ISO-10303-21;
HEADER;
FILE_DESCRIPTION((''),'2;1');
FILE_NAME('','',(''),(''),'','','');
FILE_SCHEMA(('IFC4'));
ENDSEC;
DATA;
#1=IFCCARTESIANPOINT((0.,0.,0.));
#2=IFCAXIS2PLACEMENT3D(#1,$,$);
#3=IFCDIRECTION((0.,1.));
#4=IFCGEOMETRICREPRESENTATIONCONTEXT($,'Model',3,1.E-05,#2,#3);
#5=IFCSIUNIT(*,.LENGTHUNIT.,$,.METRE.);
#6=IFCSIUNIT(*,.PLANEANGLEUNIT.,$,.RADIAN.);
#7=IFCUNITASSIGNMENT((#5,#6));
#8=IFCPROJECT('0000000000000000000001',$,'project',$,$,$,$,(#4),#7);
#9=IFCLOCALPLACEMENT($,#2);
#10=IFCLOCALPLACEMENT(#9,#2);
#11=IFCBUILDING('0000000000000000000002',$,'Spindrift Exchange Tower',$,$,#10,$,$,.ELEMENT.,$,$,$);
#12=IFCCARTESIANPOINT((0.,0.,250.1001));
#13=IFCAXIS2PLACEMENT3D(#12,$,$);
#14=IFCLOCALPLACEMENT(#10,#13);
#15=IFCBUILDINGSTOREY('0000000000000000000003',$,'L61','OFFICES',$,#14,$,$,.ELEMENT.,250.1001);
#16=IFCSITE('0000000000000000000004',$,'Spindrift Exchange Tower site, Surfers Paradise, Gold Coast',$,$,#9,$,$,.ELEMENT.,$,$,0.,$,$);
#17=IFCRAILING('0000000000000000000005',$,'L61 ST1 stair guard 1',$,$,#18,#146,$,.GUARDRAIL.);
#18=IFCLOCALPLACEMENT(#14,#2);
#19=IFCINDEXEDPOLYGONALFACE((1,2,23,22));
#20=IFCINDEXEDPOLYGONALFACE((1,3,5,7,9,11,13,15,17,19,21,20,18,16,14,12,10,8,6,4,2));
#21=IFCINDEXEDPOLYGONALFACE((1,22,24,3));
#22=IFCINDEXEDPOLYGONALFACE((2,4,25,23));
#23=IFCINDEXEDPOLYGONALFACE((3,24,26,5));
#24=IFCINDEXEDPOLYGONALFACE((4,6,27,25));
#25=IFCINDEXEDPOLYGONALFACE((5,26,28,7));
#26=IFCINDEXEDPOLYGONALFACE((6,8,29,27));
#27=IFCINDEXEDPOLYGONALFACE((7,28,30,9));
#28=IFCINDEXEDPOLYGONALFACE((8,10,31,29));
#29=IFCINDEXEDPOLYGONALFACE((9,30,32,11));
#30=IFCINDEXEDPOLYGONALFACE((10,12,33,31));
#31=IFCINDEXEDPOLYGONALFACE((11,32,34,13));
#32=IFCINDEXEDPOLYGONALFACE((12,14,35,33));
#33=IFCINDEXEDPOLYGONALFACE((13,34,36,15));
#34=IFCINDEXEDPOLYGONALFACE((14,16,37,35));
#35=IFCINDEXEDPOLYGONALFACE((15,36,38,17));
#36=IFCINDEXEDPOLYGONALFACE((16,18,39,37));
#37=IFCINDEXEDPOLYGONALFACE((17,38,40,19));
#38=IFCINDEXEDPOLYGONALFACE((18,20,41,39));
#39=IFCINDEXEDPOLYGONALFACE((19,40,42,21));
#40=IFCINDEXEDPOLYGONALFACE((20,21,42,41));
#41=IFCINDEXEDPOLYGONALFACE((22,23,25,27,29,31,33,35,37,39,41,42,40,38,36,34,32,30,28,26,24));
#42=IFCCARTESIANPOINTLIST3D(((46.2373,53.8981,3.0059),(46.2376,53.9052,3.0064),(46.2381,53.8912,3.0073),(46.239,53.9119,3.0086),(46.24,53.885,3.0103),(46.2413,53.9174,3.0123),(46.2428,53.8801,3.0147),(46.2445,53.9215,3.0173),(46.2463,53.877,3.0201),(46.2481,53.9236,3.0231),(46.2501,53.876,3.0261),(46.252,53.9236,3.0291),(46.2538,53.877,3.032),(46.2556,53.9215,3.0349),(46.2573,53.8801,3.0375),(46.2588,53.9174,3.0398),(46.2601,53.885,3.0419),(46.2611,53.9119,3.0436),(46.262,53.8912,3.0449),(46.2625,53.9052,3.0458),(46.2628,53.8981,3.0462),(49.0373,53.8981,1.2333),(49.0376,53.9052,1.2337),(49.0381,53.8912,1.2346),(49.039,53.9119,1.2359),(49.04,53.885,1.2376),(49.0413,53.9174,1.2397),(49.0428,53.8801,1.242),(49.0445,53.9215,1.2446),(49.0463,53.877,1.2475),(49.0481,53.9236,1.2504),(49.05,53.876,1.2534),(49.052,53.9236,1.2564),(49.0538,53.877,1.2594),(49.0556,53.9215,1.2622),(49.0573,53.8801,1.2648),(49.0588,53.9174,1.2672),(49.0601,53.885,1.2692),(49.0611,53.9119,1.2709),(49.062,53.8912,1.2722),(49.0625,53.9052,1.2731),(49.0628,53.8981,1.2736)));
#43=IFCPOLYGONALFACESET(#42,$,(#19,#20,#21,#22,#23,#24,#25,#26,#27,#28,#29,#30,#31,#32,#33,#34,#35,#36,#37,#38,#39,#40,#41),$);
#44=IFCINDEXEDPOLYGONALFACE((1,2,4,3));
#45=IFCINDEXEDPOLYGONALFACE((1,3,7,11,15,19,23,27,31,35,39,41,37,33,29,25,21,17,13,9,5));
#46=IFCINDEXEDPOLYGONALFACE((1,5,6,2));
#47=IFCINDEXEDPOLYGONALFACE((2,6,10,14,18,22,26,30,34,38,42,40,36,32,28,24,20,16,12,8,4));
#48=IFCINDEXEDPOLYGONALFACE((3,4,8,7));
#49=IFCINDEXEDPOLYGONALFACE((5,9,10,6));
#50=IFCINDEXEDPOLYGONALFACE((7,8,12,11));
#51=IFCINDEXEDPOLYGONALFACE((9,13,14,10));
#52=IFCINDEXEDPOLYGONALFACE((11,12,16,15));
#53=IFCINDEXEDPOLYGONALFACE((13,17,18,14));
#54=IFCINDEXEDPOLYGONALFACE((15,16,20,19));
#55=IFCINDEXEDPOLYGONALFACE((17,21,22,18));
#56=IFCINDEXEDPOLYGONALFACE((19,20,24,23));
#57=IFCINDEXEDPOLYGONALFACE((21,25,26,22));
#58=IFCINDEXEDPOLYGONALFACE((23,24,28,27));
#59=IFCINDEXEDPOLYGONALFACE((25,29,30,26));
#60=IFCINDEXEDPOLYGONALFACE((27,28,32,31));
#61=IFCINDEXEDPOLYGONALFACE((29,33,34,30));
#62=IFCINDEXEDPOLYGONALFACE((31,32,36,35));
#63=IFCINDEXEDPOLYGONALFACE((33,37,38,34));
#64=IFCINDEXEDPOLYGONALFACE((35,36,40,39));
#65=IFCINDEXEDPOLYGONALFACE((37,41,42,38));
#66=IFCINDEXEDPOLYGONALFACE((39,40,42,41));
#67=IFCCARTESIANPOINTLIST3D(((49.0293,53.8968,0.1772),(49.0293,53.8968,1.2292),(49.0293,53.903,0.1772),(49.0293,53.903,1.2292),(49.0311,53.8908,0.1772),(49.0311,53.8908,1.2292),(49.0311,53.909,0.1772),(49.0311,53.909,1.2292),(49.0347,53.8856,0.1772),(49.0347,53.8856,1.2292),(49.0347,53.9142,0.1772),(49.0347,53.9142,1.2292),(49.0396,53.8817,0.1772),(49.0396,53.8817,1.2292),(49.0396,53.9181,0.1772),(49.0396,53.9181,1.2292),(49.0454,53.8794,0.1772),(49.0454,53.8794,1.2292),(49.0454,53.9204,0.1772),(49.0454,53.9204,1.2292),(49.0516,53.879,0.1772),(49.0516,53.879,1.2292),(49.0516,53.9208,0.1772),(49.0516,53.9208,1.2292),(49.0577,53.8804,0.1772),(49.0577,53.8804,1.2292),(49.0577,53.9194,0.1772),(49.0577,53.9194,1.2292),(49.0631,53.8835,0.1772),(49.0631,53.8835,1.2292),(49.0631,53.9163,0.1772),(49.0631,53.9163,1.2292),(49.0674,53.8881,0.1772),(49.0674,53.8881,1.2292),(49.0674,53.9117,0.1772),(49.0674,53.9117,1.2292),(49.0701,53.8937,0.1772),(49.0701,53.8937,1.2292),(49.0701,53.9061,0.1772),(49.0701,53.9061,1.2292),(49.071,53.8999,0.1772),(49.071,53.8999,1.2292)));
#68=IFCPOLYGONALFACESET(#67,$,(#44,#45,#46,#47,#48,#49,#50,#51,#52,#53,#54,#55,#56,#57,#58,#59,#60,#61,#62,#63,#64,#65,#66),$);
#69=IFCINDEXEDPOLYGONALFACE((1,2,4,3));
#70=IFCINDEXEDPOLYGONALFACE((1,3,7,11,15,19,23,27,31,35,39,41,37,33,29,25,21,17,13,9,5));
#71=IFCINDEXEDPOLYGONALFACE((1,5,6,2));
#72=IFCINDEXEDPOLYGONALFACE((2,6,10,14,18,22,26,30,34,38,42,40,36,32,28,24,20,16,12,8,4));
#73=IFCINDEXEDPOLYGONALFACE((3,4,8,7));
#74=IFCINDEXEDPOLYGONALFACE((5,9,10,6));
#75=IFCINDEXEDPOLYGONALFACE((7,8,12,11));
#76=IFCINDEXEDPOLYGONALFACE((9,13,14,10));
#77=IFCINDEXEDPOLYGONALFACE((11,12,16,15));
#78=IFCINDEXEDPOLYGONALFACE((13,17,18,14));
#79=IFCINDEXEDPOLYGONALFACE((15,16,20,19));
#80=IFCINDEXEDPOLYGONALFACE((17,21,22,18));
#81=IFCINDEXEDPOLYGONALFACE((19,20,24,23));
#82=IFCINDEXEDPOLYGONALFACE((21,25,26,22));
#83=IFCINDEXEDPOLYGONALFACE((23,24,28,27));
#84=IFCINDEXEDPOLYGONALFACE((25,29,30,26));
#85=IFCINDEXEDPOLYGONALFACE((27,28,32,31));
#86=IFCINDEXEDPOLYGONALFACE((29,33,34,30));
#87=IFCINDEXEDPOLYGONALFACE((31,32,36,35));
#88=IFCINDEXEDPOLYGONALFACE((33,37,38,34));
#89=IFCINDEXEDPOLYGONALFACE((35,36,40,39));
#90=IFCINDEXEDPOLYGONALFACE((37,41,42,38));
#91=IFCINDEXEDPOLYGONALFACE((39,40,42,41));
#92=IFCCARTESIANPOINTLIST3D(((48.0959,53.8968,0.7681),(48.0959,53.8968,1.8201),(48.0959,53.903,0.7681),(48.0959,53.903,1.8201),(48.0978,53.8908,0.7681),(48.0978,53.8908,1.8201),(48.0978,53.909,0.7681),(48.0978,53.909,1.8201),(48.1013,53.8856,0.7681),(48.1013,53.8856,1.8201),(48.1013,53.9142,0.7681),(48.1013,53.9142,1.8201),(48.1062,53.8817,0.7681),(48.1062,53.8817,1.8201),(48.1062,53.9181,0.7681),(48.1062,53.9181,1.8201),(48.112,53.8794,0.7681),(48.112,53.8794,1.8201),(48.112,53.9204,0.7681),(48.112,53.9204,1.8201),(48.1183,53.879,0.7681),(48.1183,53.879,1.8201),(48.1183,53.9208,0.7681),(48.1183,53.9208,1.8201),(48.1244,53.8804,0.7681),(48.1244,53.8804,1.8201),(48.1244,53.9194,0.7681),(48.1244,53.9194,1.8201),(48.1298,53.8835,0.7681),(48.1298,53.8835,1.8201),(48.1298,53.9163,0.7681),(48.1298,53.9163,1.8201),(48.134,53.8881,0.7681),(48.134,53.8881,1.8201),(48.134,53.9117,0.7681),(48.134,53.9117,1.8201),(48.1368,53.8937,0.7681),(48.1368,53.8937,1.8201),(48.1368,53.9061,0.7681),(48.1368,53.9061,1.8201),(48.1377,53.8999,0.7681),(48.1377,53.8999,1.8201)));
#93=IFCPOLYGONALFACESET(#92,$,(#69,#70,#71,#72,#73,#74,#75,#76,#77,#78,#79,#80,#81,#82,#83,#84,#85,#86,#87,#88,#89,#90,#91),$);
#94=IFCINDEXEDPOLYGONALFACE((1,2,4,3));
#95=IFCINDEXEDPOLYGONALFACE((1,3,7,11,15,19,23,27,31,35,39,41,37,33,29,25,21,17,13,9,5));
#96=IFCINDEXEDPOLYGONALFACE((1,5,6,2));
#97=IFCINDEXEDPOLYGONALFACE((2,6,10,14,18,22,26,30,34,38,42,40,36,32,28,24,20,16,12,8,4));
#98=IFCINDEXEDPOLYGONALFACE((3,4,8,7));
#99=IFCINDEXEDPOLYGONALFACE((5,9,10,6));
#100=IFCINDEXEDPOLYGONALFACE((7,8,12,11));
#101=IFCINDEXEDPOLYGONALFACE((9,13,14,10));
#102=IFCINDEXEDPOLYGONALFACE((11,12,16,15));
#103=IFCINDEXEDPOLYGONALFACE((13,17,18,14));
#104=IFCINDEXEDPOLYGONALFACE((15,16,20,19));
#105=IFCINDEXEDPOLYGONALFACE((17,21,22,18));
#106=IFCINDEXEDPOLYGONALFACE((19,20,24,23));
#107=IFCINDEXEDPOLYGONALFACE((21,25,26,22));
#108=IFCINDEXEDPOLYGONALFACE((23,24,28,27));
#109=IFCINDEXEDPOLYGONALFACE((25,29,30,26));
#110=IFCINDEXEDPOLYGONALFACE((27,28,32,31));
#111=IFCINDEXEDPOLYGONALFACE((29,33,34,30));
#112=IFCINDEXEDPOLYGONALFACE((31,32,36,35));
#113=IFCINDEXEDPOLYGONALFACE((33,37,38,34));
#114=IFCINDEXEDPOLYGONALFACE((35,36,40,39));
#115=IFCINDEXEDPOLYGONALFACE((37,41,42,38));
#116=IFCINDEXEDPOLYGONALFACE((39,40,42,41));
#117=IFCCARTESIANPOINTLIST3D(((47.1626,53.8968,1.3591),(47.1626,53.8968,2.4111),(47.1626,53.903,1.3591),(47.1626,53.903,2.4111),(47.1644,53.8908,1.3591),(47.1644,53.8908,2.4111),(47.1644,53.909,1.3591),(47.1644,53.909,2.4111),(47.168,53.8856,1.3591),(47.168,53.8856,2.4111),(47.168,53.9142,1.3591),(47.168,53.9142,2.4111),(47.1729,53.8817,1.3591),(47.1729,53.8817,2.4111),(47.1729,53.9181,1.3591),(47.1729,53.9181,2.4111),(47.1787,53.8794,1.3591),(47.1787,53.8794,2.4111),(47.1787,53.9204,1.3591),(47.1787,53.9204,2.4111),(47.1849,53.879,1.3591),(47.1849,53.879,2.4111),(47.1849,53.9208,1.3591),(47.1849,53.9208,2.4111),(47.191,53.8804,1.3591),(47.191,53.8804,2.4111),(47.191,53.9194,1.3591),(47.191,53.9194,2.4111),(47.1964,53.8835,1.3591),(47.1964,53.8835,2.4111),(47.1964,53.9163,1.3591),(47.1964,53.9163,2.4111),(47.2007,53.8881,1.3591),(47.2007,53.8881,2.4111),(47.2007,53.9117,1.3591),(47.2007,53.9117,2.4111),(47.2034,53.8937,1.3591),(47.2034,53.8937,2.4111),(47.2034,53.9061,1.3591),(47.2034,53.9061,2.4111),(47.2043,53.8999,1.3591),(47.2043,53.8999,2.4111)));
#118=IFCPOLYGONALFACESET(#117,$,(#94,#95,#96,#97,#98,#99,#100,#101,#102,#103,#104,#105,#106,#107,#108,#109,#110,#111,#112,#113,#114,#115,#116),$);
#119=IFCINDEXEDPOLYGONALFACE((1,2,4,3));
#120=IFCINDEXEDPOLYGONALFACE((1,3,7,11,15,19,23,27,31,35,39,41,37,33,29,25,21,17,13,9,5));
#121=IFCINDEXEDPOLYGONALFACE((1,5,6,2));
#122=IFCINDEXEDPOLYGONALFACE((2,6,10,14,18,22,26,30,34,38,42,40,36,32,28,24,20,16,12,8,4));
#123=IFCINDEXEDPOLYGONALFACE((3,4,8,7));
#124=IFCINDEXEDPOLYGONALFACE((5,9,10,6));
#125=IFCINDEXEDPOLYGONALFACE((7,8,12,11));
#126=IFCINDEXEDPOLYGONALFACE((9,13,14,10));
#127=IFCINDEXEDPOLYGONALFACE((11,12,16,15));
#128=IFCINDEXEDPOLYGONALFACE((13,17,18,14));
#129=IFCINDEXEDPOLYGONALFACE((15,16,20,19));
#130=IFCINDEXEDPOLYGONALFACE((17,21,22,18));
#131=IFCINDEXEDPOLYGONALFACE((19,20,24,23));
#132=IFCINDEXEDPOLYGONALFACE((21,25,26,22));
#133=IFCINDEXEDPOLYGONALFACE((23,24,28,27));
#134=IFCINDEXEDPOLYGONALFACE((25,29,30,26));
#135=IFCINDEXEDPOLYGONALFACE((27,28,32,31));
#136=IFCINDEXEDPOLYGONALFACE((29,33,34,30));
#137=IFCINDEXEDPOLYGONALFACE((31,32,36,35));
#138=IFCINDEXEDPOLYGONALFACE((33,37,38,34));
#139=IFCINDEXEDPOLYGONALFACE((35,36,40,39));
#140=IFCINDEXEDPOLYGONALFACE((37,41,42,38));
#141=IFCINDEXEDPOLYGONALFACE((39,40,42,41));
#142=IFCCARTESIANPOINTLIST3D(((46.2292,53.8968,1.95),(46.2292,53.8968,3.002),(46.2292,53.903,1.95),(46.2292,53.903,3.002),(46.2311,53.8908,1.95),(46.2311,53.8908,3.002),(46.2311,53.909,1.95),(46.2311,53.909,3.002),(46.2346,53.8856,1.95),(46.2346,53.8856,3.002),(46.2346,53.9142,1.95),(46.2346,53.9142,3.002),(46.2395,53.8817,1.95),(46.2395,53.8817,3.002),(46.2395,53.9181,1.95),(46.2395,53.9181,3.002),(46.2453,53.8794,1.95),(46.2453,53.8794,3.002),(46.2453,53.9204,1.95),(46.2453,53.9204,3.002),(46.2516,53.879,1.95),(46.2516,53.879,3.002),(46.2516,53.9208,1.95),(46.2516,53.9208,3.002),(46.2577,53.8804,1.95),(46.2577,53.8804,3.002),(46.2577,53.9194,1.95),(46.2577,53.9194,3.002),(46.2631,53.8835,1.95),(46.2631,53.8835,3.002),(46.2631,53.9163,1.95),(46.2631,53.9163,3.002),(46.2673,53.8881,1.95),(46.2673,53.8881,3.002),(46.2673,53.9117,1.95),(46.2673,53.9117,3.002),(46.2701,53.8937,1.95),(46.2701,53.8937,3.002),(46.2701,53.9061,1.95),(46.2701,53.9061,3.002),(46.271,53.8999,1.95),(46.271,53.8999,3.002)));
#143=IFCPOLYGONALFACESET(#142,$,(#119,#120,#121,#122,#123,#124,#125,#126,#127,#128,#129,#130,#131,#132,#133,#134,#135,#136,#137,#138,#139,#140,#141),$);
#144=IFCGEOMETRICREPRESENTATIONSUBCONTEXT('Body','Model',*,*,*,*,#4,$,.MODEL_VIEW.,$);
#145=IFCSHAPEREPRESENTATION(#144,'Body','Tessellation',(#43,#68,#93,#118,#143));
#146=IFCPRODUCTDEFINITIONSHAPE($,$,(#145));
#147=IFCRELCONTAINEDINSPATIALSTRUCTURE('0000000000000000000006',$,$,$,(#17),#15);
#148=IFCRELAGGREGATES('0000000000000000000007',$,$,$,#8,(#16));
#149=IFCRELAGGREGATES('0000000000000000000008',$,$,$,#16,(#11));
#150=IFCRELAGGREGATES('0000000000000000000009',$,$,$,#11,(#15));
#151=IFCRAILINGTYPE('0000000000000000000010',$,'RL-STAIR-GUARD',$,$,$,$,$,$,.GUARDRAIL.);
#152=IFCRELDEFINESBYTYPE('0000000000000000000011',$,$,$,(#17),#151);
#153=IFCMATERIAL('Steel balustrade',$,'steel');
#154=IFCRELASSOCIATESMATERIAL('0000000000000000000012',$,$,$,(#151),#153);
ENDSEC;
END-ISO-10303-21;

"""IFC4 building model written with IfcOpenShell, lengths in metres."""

from ifc_helpers import new_model, si_unit, direction, frame, origin, origin_2d, place, context, subcontext, project, spatial, circle, extrude, material, type_object, element, save


model = new_model("IFC4")

# Units and contexts
model_context = context("Model", 3, precision=1e-05, world=origin(), true_north=direction((0.0, 1.0)))
body_context = subcontext(model_context, "Body", "Model", "MODEL_VIEW")
ifc_project = project(units=[si_unit("LENGTHUNIT", "METRE"), si_unit("PLANEANGLEUNIT", "RADIAN")], contexts=[model_context])

# Site, building, storey
site_placement = place(None, origin())
site = spatial("IfcSite", under=ifc_project, at=site_placement, Name="Spindrift Exchange Tower site, Surfers Paradise, Gold Coast", CompositionType="ELEMENT", RefElevation=0.0)
building_placement = place(site_placement, origin())
building = spatial("IfcBuilding", under=site, at=building_placement, Name="Spindrift Exchange Tower", CompositionType="ELEMENT")
storey_placement = place(building_placement, frame((0.0, 0.0, 250.1001)))
storey = spatial("IfcBuildingStorey", under=building, at=storey_placement, Name="L61", Description="OFFICES", CompositionType="ELEMENT", Elevation=250.1001)

# Railing
ifc_material_1 = material(Name="Steel balustrade", Category="steel")
railing_type_1 = type_object("IfcRailingType", Name="RL-STAIR-GUARD", PredefinedType="GUARDRAIL", material=ifc_material_1)
railing_1_placement = place(storey_placement, frame((49.05, 53.8999, 0.1772)))
element("IfcRailing", 1, at=railing_1_placement, inside=storey, type_object=railing_type_1, Name="L61 ST1 stair guard 1", PredefinedType="GUARDRAIL", context=body_context, shape_type="SweptSolid", body=[
    extrude(circle(Radius=0.0239, at=origin_2d()), frame((0.0, 0.0, 1.0762), z_axis=(-0.844909, 0.0, 0.53491), x_axis=(0.0, -1.0, 0.0)), (0.0, 0.0, 1.0), 3.314),
    extrude(circle(Radius=0.021, at=origin_2d()), origin(), (0.0, 0.0, 1.0), 1.052),
    extrude(circle(Radius=0.021, at=origin_2d()), frame((-0.9333, 0.0, 0.5908)), (0.0, 0.0, 1.0), 1.052),
    extrude(circle(Radius=0.021, at=origin_2d()), frame((-1.8667, 0.0, 1.1819)), (0.0, 0.0, 1.0), 1.052),
    extrude(circle(Radius=0.021, at=origin_2d()), frame((-2.8, 0.0, 1.7727)), (0.0, 0.0, 1.0), 1.052),
])

save(model, "model.ifc")
